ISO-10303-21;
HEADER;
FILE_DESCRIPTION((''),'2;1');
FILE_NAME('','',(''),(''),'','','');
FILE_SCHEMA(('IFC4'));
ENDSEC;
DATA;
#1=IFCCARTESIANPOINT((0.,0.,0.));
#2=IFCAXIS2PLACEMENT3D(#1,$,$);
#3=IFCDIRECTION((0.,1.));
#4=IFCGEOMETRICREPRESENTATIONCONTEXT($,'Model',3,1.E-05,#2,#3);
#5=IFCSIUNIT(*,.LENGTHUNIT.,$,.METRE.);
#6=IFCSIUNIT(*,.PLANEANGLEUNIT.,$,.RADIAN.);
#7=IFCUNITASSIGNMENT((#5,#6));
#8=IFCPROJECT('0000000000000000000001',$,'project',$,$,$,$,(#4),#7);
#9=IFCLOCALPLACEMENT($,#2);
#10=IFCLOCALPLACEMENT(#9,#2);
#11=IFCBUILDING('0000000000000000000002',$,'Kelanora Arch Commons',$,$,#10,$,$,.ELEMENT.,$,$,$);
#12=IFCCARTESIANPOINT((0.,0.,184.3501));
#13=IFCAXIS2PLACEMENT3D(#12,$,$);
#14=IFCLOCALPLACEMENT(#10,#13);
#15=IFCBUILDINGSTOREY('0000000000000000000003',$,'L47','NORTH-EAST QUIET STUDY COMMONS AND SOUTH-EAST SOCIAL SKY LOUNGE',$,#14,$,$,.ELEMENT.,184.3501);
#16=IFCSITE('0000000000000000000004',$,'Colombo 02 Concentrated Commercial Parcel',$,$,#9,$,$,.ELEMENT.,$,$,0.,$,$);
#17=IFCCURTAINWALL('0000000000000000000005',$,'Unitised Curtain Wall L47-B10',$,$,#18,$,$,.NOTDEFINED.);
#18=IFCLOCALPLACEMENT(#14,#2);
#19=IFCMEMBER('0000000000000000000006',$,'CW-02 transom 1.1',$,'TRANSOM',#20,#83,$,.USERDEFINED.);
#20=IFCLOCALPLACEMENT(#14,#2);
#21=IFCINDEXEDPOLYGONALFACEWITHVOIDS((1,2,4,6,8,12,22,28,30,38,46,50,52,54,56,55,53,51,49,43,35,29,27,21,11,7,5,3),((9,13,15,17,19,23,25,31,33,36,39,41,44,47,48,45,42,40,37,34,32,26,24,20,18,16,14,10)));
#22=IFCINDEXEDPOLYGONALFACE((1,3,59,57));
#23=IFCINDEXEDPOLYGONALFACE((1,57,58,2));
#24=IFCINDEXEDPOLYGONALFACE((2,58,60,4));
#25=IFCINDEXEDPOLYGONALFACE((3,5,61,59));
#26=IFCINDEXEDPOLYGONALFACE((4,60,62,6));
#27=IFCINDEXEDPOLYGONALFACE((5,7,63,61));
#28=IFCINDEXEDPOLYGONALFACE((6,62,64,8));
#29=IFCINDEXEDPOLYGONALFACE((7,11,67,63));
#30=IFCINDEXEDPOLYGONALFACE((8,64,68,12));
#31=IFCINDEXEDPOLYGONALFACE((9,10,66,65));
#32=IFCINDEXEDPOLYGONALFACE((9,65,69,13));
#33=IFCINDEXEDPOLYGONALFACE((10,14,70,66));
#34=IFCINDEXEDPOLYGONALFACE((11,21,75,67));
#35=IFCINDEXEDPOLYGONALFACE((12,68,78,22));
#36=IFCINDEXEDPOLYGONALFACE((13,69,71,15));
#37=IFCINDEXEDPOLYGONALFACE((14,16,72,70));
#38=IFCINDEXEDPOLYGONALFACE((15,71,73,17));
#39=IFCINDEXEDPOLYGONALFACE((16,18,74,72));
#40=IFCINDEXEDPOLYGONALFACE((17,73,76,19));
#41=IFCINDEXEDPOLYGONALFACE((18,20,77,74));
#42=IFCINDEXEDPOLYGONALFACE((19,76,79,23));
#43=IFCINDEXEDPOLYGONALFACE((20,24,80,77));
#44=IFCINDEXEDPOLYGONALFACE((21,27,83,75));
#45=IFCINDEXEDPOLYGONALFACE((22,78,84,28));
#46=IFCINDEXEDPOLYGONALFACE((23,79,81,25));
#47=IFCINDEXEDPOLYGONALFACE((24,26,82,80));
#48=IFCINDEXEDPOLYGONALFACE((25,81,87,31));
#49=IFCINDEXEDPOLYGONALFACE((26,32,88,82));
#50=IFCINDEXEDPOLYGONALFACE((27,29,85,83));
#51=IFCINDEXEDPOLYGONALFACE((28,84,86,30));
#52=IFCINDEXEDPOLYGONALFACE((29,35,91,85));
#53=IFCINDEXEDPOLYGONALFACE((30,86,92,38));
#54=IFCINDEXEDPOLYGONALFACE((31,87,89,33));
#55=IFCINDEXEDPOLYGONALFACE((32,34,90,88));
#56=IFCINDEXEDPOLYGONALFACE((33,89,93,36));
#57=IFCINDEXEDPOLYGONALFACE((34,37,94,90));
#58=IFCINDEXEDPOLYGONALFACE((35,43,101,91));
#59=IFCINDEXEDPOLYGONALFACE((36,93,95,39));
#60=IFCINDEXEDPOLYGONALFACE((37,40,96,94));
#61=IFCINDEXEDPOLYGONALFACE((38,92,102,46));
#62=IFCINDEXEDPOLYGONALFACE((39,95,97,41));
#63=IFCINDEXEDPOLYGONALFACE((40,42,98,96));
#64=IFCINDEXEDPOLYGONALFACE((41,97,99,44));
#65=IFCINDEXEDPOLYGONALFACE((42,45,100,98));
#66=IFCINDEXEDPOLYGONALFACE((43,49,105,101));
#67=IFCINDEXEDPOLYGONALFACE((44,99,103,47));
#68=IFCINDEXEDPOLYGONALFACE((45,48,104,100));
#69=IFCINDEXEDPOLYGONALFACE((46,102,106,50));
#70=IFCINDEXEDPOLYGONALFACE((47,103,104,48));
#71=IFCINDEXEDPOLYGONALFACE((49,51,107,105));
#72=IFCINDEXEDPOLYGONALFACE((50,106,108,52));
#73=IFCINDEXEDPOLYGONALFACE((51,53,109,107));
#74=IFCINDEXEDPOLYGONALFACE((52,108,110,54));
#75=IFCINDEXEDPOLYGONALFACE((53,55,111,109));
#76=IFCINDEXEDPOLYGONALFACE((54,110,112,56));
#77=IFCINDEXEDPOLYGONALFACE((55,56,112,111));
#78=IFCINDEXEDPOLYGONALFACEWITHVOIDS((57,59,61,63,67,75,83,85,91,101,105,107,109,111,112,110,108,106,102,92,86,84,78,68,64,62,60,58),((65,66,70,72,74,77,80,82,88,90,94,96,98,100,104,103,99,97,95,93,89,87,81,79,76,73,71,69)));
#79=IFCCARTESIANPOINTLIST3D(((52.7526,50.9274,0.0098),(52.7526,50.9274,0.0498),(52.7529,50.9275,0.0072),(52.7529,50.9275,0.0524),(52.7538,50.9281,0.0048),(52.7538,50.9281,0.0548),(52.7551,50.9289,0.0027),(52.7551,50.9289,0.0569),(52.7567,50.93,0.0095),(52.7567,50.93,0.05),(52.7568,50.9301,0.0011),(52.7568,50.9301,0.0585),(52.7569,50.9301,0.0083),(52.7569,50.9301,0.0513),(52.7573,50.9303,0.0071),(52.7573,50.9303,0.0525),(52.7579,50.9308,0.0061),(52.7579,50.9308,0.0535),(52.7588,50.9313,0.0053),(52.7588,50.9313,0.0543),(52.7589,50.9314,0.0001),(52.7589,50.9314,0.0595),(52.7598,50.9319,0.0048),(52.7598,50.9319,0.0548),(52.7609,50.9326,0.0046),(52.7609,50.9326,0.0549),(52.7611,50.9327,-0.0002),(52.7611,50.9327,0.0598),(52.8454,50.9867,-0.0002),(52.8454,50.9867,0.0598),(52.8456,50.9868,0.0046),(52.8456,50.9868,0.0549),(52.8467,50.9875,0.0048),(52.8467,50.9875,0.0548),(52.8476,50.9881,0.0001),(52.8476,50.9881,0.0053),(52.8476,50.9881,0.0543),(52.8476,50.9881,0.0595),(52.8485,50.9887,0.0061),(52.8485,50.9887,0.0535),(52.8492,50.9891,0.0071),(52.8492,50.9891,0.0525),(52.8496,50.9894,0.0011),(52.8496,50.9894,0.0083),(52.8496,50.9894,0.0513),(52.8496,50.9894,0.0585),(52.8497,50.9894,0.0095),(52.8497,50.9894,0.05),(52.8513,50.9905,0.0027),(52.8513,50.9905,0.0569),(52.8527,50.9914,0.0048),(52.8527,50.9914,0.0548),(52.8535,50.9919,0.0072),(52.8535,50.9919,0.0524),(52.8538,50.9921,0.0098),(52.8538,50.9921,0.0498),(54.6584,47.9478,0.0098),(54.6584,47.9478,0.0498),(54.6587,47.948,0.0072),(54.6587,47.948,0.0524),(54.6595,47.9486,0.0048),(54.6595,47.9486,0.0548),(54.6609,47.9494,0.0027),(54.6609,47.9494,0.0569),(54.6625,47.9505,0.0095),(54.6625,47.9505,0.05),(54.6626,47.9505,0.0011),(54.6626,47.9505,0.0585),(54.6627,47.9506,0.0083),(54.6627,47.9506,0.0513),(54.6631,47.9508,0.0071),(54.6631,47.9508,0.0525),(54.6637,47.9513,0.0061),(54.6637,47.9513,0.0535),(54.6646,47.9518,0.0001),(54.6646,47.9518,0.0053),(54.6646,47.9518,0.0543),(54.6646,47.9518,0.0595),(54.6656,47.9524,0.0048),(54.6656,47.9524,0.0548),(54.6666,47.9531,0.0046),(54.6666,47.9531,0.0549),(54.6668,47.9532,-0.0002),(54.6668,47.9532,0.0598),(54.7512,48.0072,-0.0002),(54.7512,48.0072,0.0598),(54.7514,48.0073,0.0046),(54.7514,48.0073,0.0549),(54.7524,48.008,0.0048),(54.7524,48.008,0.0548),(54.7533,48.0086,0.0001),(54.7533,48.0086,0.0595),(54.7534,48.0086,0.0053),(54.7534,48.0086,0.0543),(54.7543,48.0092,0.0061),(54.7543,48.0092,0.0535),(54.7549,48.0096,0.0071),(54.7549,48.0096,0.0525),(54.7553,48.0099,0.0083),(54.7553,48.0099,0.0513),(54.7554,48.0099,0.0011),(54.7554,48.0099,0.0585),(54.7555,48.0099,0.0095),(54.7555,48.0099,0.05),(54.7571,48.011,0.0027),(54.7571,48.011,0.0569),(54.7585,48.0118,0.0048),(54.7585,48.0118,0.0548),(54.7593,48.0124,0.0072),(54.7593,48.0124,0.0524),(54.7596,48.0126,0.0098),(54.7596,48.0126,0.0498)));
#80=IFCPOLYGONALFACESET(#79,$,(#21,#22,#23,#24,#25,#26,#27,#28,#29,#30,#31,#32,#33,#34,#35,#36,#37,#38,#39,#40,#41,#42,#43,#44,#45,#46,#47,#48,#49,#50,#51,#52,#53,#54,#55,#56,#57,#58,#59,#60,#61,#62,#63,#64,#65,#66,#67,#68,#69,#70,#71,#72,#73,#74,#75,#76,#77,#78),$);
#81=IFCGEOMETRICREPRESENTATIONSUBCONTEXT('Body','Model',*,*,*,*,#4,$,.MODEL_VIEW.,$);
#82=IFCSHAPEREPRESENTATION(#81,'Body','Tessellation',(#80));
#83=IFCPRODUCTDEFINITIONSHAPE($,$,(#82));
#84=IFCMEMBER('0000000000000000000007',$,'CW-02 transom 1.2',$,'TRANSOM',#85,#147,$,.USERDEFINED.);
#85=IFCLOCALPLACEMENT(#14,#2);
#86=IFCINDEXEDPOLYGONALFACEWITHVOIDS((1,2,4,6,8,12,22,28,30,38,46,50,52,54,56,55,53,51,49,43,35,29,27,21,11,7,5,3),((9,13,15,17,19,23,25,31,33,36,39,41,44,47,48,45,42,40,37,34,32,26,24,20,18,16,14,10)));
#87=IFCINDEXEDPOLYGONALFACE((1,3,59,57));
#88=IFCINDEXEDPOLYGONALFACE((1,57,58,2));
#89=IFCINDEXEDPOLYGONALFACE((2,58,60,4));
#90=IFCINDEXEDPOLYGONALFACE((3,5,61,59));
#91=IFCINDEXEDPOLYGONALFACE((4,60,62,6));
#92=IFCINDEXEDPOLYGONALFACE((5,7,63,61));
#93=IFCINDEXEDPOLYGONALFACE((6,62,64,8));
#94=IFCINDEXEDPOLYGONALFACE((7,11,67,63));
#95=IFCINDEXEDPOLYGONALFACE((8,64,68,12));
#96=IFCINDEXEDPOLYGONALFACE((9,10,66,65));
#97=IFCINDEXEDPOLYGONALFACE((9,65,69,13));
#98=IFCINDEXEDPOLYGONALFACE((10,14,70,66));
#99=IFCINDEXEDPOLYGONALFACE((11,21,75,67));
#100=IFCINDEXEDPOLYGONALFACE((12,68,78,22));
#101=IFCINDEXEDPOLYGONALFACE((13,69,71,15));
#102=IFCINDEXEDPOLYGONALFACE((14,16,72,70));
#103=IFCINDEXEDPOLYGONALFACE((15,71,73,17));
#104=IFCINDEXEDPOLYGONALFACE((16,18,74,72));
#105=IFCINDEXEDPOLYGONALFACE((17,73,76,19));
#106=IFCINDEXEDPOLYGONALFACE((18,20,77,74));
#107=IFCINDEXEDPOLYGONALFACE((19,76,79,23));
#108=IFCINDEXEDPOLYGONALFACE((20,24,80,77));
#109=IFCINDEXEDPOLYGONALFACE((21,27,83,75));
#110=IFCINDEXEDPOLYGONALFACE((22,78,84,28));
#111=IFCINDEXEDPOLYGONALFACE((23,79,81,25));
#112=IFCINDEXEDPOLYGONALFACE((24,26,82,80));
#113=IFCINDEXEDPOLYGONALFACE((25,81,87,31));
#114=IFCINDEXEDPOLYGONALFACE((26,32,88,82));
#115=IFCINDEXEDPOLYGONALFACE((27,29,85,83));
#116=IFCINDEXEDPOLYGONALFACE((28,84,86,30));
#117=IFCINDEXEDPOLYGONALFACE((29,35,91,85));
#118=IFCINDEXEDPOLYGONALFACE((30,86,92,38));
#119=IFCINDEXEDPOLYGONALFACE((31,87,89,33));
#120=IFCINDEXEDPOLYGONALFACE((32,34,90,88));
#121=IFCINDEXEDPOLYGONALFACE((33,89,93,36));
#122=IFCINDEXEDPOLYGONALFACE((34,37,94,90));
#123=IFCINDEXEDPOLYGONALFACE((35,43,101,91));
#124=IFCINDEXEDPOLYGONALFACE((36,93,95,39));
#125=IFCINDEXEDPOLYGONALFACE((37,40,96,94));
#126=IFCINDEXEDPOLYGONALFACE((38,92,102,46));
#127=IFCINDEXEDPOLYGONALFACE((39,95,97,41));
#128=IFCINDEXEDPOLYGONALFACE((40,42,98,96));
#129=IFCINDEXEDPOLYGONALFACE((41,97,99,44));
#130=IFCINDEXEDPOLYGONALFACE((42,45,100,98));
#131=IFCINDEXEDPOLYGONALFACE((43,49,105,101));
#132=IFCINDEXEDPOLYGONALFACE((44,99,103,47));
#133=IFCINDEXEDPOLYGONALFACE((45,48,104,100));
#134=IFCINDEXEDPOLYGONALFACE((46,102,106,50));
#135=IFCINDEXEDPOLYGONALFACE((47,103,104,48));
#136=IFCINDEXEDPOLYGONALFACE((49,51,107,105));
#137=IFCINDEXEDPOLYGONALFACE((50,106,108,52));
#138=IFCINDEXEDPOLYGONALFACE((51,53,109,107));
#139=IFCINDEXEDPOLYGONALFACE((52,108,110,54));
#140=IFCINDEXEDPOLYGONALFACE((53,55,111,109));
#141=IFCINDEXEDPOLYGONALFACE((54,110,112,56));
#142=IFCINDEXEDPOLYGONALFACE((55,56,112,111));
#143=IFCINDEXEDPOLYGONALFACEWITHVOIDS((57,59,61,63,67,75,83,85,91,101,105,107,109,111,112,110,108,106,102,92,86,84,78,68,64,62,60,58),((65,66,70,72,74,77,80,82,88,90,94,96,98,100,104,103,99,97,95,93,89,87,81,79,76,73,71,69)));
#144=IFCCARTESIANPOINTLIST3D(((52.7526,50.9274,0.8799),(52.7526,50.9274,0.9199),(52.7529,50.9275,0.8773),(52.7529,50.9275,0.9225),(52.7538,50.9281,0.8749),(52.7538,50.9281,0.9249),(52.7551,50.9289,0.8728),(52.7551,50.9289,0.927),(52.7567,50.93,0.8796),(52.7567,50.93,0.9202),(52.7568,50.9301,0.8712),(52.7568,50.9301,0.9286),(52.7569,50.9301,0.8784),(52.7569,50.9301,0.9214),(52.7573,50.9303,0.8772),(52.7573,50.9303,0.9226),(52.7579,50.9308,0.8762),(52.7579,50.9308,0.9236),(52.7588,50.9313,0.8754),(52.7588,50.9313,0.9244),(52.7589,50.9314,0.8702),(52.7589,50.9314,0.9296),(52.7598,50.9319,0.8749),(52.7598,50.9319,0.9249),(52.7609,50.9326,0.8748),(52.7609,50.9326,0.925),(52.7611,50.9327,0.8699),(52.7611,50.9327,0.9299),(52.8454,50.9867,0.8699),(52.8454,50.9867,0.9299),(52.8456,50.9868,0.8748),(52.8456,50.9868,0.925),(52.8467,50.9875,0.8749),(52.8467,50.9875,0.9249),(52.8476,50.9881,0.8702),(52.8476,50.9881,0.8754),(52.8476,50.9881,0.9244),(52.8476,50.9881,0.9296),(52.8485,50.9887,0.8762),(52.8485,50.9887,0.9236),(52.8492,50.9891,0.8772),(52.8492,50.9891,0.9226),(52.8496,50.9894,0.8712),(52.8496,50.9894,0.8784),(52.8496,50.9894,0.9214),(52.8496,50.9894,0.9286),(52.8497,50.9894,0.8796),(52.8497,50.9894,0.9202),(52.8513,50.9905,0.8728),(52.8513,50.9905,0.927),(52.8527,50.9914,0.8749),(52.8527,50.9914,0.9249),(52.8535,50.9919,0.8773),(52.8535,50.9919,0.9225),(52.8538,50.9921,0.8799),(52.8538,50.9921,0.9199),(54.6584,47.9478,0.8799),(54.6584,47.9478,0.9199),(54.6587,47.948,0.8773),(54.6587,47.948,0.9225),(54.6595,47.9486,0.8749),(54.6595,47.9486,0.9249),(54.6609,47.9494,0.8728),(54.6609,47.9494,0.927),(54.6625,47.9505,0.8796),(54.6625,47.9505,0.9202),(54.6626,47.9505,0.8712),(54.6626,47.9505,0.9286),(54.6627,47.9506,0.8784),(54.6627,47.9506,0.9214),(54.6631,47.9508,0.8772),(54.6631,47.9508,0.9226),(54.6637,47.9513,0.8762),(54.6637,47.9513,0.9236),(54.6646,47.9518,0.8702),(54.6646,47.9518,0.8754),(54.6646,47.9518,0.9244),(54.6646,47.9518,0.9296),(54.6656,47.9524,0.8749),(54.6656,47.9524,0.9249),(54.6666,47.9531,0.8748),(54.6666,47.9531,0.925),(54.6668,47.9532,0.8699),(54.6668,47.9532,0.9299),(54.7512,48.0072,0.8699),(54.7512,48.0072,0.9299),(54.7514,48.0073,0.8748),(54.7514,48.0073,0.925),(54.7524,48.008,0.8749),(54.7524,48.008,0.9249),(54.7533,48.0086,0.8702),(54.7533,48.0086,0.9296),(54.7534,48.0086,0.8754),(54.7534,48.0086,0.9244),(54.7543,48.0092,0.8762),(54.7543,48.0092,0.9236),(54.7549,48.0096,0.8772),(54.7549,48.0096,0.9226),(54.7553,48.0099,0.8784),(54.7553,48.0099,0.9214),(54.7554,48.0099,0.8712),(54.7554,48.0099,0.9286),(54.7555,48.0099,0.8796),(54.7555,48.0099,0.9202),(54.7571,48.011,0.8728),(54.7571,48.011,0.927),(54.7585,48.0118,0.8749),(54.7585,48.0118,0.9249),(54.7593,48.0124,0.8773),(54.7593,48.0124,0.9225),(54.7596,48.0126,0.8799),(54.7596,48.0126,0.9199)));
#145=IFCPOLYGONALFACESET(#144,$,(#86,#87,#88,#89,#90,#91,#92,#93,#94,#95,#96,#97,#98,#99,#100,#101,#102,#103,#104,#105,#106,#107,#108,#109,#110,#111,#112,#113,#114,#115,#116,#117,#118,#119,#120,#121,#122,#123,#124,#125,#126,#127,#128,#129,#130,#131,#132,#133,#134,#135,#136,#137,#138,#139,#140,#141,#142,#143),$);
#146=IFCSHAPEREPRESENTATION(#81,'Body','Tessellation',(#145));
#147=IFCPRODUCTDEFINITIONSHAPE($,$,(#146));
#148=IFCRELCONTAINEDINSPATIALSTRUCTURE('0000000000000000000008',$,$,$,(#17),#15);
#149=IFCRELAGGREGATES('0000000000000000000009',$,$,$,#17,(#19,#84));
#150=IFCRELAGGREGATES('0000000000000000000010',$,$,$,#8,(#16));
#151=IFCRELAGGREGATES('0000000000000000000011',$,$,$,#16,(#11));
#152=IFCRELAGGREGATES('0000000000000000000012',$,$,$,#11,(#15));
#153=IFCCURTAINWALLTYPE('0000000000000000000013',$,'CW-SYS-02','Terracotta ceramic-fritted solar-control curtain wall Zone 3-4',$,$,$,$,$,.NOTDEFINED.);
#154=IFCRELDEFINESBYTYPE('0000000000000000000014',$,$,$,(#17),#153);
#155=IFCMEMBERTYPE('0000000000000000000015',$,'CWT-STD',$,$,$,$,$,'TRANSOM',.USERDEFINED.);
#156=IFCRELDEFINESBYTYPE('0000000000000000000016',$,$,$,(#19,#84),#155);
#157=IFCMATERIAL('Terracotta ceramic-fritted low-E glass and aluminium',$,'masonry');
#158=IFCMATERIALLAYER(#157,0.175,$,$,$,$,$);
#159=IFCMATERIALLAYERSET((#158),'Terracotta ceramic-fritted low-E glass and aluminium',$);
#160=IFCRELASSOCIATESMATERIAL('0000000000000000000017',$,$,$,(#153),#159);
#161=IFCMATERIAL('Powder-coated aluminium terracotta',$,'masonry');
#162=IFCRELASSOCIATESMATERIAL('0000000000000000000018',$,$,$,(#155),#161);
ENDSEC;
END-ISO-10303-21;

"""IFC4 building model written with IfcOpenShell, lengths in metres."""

from ifc_helpers import new_model, si_unit, direction, frame, origin, origin_2d, place, context, subcontext, project, spatial, hollow_rectangle, extrude, material, layer, layer_set, material_profile, profile_set, type_object, element, aggregate, save


model = new_model("IFC4")

# Units and contexts
model_context = context("Model", 3, precision=1e-05, world=origin(), true_north=direction((0.0, 1.0)))
body_context = subcontext(model_context, "Body", "Model", "MODEL_VIEW")
ifc_project = project(units=[si_unit("LENGTHUNIT", "METRE"), si_unit("PLANEANGLEUNIT", "RADIAN")], contexts=[model_context])

# Site, building, storey
site_placement = place(None, origin())
site = spatial("IfcSite", under=ifc_project, at=site_placement, Name="Colombo 02 Concentrated Commercial Parcel", CompositionType="ELEMENT", RefElevation=0.0)
building_placement = place(site_placement, origin())
building = spatial("IfcBuilding", under=site, at=building_placement, Name="Kelanora Arch Commons", CompositionType="ELEMENT")
storey_placement = place(building_placement, frame((0.0, 0.0, 184.3501)))
storey = spatial("IfcBuildingStorey", under=building, at=storey_placement, Name="L47", Description="NORTH-EAST QUIET STUDY COMMONS AND SOUTH-EAST SOCIAL SKY LOUNGE", CompositionType="ELEMENT", Elevation=184.3501)

# Shared definitions
ifc_material_1 = material(Name="Terracotta ceramic-fritted low-E glass and aluminium", Category="masonry")
ifc_layer_1 = layer(ifc_material_1, 0.175)
ifc_layer_set_1 = layer_set([ifc_layer_1], Name="Terracotta ceramic-fritted low-E glass and aluminium")
curtain_wall_type = type_object("IfcCurtainWallType", Name="CW-SYS-02", Description="Terracotta ceramic-fritted solar-control curtain wall Zone 3-4", PredefinedType="NOTDEFINED", material=ifc_layer_set_1)
ifc_material_2 = material(Name="Powder-coated aluminium terracotta", Category="masonry")

# Curtain wall, members
curtain_wall_1_placement = place(storey_placement, origin())
curtain_wall_1 = element("IfcCurtainWall", 1, at=curtain_wall_1_placement, inside=storey, type_object=curtain_wall_type, Name="Unitised Curtain Wall L47-B10", PredefinedType="NOTDEFINED")
ifc_material_profile_1 = material_profile(ifc_material_2, hollow_rectangle(XDim=0.1201, YDim=0.0601, WallThickness=0.0049, InnerFilletRadius=0.0049, OuterFilletRadius=0.01, at=origin_2d()), Name="CWT120x60")
ifc_profile_set_1 = profile_set([ifc_material_profile_1], Name="Powder-coated aluminium terracotta")
member_type_1 = type_object("IfcMemberType", Name="CWT-STD", ElementType="TRANSOM", PredefinedType="USERDEFINED", material=ifc_profile_set_1)
member_1_placement = place(storey_placement, frame((52.8032, 50.9597, 0.0298), z_axis=(0.53883, -0.842414, 0.0), x_axis=(0.842414, 0.53883, 0.0)))
member_1 = element("IfcMember", 2, at=member_1_placement, type_object=member_type_1, Name="CW-02 transom 1.1", ObjectType="TRANSOM", PredefinedType="USERDEFINED", context=body_context, shape_type="SweptSolid", body=[
    extrude(hollow_rectangle(XDim=0.1201, YDim=0.0601, WallThickness=0.0049, InnerFilletRadius=0.0049, OuterFilletRadius=0.01, at=origin_2d()), origin(), (0.0, 0.0, 1.0), 3.5369),
])
member_2_placement = place(storey_placement, frame((52.8032, 50.9597, 0.8999), z_axis=(0.53883, -0.842414, 0.0), x_axis=(0.842414, 0.53883, 0.0)))
member_2 = element("IfcMember", 3, at=member_2_placement, type_object=member_type_1, Name="CW-02 transom 1.2", ObjectType="TRANSOM", PredefinedType="USERDEFINED", context=body_context, shape_type="SweptSolid", body=[
    extrude(hollow_rectangle(XDim=0.1201, YDim=0.0601, WallThickness=0.0049, InnerFilletRadius=0.0049, OuterFilletRadius=0.01, at=origin_2d()), origin(), (0.0, 0.0, 1.0), 3.5369),
])

aggregate(curtain_wall_1, [member_1, member_2])

save(model, "model.ifc")
